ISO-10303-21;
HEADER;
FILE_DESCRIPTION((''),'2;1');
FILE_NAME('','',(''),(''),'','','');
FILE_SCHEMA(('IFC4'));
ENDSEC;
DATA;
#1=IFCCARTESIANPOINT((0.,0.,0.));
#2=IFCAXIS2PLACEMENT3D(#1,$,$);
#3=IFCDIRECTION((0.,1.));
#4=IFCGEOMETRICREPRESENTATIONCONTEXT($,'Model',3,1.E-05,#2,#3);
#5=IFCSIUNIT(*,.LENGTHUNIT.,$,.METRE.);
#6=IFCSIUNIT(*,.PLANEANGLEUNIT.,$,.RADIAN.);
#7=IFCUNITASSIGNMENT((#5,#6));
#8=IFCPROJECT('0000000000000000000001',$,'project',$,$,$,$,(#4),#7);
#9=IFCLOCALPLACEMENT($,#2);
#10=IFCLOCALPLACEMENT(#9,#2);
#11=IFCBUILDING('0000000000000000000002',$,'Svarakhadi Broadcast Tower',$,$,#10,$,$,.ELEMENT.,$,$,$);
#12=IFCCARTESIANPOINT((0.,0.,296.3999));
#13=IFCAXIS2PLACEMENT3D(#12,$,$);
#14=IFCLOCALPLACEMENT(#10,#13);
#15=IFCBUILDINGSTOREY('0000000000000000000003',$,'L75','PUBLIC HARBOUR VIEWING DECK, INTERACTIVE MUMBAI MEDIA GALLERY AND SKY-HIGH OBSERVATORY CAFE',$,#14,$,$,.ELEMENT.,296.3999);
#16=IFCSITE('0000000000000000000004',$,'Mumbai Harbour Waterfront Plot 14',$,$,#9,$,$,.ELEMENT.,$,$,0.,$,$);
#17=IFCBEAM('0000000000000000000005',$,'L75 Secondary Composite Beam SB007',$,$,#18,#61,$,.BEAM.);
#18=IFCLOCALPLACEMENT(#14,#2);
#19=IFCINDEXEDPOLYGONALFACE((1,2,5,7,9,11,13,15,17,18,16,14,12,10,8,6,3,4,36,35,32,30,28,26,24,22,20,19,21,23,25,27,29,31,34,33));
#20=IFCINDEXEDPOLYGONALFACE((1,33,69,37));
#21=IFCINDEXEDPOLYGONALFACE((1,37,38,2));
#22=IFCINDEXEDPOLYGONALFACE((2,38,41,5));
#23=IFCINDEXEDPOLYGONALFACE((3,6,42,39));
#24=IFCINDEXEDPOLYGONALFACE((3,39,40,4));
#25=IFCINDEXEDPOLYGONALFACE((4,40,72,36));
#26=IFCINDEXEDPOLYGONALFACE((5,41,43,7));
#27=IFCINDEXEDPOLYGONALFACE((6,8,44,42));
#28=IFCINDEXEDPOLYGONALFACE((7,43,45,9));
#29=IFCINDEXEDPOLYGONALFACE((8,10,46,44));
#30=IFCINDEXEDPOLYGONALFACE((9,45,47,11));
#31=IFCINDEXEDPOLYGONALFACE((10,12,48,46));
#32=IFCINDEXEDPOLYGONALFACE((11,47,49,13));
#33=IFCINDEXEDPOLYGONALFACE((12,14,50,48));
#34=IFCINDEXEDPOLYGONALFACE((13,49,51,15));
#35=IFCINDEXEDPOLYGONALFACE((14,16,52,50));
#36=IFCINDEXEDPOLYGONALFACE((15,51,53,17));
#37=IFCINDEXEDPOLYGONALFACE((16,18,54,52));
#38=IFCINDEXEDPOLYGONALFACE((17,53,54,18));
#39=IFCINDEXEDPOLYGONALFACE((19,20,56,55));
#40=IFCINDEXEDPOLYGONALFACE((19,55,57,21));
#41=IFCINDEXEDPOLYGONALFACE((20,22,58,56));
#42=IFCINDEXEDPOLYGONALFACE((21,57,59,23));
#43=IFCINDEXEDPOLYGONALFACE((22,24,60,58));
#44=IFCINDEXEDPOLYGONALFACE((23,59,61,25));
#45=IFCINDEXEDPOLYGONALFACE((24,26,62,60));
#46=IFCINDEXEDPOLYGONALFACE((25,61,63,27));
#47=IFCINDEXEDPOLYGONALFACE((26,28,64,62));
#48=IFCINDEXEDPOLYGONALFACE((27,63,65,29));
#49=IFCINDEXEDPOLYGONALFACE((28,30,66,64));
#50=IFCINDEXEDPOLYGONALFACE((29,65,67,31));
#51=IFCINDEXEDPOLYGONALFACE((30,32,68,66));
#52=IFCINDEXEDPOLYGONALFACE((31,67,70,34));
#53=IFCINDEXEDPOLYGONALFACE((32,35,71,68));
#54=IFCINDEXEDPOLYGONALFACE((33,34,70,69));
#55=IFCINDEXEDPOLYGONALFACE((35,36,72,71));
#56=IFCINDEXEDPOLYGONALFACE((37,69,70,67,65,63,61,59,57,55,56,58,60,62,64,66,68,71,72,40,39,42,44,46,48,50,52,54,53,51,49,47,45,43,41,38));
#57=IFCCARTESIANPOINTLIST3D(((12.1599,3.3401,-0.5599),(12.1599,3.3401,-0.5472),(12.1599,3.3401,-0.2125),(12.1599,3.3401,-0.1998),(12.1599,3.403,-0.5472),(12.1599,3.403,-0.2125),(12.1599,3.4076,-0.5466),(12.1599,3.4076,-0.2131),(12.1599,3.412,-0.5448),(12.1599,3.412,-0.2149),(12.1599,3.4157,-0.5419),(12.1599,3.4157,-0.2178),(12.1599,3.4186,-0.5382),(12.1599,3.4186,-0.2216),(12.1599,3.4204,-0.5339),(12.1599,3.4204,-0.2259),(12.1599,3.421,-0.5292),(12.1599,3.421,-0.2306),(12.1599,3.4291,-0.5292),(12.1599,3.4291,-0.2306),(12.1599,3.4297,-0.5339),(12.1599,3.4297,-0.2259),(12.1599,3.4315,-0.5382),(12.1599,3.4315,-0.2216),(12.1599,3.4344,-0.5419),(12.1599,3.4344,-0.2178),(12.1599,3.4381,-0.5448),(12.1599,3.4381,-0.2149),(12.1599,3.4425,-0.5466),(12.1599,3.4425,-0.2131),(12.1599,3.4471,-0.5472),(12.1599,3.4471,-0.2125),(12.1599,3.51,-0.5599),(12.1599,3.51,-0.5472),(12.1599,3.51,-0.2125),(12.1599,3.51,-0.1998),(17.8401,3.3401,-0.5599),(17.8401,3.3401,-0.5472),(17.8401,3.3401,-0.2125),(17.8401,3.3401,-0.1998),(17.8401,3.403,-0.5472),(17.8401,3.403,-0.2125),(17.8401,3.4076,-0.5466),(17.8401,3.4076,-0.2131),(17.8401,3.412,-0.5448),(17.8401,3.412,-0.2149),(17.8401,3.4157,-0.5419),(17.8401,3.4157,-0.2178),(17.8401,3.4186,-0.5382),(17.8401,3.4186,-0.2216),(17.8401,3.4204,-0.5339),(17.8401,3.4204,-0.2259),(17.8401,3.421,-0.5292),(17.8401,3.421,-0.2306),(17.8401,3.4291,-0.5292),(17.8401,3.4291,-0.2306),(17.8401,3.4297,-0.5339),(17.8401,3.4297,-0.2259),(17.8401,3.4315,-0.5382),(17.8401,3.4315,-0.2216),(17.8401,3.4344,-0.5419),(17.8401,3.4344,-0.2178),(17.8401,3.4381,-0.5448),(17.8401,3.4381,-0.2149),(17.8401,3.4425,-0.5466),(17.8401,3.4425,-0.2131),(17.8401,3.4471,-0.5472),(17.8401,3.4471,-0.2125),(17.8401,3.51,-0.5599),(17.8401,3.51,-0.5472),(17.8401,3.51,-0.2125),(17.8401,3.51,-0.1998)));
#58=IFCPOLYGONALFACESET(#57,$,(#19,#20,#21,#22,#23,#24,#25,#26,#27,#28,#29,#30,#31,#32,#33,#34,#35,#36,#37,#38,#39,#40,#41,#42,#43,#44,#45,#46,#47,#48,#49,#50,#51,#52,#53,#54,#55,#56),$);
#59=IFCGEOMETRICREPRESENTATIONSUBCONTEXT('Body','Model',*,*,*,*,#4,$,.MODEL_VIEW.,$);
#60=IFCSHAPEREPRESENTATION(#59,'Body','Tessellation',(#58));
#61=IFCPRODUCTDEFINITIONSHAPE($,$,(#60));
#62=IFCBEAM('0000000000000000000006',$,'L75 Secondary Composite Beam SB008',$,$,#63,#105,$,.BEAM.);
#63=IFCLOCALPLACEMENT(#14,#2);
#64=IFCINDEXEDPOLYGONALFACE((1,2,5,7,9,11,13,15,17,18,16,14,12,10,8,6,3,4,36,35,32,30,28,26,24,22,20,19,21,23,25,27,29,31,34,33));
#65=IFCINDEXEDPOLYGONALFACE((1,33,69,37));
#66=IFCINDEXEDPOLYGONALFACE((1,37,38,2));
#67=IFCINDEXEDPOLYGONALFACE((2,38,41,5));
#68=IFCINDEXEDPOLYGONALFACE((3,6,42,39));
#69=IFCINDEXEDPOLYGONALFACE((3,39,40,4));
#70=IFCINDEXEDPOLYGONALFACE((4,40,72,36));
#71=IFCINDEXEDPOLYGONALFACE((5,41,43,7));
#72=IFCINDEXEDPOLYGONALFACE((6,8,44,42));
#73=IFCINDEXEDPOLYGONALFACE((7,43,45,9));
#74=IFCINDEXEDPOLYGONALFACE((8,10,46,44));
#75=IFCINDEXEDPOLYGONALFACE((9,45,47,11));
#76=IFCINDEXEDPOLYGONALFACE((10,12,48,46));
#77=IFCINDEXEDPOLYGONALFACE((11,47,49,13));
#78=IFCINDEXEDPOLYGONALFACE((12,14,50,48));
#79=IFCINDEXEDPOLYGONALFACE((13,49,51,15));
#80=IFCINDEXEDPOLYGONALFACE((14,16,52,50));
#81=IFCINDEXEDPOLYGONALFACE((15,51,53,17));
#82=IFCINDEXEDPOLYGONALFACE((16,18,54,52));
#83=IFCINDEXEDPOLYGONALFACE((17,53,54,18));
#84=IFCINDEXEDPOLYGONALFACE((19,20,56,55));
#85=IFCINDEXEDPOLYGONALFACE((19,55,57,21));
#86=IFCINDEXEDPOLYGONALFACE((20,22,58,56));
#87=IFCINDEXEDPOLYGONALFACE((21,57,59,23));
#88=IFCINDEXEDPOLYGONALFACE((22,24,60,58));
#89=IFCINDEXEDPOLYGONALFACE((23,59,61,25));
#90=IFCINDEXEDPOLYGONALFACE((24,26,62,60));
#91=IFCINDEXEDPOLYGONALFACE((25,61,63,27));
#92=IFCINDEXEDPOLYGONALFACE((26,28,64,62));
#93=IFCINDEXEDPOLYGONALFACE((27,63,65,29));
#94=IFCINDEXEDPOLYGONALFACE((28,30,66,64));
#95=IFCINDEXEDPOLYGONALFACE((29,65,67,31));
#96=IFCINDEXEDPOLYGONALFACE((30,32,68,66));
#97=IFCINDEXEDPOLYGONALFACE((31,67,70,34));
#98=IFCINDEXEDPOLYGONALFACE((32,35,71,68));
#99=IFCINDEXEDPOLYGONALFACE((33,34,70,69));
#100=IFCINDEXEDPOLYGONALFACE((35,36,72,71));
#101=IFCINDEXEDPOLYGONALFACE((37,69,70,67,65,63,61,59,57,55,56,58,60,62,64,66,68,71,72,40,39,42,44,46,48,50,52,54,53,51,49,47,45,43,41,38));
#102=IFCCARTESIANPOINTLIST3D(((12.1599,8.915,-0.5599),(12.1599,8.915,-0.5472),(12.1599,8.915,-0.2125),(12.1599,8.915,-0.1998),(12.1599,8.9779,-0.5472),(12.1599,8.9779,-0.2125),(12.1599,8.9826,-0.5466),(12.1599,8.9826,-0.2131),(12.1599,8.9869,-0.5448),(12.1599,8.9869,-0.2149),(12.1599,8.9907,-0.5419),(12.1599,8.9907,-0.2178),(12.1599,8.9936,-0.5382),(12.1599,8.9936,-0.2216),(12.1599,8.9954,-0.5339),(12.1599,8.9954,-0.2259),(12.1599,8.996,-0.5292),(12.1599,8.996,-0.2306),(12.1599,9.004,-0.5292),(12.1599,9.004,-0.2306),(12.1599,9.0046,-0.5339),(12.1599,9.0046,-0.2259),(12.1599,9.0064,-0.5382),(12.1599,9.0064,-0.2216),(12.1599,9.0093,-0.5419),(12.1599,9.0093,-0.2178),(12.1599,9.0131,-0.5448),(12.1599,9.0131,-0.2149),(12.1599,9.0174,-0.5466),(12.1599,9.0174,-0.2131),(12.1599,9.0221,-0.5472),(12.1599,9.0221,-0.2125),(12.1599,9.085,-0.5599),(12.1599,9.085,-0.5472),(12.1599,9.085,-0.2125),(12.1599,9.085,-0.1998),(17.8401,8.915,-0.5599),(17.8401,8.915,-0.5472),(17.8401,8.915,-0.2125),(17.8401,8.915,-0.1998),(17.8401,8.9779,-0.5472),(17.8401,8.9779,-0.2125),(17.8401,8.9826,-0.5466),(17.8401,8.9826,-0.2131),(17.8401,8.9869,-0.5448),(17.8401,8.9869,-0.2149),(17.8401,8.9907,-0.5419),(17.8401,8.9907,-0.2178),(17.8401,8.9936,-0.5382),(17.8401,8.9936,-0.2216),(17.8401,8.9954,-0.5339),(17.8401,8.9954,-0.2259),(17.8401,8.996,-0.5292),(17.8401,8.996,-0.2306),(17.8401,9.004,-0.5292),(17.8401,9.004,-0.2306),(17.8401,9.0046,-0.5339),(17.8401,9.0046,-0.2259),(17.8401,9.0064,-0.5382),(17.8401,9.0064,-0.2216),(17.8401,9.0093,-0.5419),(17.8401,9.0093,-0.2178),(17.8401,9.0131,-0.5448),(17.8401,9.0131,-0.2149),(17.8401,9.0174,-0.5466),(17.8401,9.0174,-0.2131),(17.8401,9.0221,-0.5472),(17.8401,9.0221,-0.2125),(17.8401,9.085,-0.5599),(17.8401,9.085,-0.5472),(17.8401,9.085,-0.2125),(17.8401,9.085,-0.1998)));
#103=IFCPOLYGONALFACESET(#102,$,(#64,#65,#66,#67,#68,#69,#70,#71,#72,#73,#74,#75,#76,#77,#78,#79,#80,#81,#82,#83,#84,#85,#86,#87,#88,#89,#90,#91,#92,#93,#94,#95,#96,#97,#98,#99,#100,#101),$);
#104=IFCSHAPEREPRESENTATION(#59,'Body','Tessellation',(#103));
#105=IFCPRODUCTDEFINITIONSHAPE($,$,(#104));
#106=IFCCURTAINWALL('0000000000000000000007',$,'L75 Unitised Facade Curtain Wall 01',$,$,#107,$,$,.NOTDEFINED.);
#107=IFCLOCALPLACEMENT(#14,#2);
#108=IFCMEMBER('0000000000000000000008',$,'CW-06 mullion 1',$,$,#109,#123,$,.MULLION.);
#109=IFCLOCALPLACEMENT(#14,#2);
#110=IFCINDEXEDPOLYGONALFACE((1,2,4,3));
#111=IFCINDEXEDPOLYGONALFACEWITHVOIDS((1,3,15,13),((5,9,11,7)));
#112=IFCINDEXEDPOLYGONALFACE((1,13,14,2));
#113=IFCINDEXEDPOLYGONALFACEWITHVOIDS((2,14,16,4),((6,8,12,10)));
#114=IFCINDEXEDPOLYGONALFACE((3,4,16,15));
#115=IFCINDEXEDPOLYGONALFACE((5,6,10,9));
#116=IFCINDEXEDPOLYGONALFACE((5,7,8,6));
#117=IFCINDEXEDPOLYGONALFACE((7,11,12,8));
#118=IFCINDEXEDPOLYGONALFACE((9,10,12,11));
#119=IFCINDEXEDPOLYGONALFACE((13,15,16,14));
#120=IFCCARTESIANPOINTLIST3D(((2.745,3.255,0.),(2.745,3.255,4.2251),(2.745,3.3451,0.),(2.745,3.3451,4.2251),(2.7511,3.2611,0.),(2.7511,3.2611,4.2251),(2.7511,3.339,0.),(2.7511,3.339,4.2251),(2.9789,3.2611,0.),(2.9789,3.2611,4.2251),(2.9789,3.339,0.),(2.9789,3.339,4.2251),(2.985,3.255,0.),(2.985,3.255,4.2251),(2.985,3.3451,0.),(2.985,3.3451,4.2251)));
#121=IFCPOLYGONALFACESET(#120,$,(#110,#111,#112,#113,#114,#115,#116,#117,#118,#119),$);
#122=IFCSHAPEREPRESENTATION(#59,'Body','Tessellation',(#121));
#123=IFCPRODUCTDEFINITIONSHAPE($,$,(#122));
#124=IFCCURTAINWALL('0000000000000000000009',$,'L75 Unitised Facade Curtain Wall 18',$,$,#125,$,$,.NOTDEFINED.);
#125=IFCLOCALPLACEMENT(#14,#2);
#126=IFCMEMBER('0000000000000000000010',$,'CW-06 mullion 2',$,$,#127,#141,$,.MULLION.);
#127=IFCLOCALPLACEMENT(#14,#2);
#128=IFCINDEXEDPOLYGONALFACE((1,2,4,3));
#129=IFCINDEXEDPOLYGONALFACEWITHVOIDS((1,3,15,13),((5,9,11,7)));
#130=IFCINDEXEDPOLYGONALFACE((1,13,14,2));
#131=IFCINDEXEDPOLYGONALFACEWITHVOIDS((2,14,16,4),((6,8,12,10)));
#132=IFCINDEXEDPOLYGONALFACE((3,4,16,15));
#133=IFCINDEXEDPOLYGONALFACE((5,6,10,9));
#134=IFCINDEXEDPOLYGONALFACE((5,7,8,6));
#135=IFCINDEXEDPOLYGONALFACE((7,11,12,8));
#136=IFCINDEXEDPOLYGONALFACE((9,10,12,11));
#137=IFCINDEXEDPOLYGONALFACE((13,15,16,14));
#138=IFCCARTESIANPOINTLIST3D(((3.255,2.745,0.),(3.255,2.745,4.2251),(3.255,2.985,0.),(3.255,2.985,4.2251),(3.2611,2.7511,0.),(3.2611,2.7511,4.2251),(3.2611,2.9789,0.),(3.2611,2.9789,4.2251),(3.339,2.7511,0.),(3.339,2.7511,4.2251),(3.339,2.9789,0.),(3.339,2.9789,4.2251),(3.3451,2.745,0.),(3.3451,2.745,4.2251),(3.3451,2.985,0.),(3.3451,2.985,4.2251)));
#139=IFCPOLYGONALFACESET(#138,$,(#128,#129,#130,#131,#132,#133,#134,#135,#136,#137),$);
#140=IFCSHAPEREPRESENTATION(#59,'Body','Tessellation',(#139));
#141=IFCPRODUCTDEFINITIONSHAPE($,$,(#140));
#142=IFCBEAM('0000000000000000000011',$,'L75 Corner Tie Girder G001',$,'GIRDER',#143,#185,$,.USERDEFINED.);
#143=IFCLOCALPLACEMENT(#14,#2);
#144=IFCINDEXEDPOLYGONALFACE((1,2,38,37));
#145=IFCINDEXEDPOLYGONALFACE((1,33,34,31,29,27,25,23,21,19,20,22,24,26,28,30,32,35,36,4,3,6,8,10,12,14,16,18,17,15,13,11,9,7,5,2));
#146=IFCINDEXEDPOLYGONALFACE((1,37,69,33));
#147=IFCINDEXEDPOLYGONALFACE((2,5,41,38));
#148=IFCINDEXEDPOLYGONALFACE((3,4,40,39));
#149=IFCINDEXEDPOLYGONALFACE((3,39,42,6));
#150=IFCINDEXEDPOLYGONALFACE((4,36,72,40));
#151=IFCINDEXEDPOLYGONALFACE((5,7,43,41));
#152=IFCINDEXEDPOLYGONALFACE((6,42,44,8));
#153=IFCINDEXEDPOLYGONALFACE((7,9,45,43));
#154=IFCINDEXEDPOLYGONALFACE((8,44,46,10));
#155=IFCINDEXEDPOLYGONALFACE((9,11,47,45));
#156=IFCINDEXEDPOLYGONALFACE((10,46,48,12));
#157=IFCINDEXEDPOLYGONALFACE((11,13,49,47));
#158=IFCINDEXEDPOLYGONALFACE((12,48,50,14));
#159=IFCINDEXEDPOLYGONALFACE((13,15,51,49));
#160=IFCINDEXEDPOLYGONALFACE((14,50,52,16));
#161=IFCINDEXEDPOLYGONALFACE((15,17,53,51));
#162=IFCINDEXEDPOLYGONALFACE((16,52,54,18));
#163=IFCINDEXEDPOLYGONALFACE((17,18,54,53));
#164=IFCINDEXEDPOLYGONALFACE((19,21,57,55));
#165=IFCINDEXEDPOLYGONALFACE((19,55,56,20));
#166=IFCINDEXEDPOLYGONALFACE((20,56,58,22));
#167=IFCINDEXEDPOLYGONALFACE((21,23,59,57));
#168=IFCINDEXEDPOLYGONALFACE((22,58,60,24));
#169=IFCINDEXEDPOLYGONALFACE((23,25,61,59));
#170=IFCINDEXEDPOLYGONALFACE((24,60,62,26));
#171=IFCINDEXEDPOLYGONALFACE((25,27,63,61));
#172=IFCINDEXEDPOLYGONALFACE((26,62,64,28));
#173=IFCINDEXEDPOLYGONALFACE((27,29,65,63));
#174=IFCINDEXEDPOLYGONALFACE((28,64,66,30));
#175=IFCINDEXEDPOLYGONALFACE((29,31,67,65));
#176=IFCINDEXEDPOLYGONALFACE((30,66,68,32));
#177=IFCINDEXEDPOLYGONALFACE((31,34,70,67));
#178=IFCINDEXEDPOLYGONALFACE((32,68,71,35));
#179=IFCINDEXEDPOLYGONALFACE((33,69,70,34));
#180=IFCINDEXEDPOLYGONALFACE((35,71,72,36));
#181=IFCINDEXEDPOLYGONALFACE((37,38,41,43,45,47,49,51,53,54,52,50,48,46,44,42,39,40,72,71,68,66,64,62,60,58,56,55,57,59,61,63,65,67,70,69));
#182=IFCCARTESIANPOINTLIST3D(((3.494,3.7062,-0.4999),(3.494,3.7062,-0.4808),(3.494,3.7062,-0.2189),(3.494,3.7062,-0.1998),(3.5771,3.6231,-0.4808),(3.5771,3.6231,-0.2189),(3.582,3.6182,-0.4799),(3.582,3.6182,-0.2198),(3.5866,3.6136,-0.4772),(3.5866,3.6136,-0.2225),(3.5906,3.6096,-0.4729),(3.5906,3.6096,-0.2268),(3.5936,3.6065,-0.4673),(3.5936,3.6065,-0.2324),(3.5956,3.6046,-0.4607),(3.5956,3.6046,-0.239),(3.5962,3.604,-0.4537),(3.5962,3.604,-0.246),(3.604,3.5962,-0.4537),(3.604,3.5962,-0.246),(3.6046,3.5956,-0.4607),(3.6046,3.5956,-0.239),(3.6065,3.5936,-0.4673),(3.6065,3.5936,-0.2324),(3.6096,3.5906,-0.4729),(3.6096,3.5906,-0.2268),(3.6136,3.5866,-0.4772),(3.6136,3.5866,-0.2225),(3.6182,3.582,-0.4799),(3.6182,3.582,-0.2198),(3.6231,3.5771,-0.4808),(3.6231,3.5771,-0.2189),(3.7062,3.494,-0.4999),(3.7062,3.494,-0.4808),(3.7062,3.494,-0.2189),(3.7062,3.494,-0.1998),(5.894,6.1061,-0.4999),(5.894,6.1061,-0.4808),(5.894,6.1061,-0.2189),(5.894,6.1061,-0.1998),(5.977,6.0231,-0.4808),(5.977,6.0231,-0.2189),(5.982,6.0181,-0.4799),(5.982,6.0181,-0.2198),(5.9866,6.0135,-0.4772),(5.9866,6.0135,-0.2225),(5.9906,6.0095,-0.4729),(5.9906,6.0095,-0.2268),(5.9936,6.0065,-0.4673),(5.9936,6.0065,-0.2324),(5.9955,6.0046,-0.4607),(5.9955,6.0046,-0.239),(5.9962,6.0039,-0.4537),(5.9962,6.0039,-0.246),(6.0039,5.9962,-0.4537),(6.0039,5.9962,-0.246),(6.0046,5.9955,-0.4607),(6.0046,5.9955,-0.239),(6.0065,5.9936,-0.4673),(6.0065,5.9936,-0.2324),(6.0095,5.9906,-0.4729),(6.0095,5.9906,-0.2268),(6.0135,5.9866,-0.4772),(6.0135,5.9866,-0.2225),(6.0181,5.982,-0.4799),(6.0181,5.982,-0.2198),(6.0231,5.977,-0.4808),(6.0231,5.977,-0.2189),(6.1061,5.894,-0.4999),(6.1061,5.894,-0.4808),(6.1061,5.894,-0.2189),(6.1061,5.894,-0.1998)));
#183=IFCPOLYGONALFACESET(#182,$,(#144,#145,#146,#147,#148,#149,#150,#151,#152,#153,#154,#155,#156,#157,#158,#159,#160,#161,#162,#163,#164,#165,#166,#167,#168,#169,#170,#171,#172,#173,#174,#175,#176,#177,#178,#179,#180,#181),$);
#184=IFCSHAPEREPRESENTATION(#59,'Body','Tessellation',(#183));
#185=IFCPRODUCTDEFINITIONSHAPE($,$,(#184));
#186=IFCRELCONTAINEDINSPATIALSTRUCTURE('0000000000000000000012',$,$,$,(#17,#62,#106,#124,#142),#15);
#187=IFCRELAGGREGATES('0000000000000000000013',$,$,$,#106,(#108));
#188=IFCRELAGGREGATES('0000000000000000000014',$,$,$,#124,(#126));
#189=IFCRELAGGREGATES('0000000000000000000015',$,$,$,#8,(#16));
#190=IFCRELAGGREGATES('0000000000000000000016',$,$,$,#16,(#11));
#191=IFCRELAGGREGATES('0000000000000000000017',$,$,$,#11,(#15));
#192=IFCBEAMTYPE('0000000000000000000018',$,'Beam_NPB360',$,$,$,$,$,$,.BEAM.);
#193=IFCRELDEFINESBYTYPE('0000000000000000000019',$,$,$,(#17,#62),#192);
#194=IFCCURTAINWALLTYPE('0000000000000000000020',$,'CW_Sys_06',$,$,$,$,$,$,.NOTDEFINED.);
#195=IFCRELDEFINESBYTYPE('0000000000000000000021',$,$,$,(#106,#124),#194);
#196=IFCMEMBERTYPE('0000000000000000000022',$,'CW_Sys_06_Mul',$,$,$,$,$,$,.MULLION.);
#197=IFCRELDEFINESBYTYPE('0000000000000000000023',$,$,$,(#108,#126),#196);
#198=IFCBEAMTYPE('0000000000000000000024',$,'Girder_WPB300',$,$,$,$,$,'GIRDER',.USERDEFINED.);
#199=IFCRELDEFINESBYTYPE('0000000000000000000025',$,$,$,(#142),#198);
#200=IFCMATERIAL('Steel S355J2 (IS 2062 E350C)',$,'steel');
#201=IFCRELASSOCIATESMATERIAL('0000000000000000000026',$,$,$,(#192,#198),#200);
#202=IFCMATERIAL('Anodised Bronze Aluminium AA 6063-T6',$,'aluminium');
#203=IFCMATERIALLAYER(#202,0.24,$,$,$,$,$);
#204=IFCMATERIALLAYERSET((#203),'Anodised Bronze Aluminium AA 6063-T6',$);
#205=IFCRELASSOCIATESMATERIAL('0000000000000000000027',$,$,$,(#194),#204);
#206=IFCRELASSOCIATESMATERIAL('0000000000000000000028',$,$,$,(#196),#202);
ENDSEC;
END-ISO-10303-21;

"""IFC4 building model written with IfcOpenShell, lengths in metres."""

from ifc_helpers import new_model, si_unit, direction, frame, origin, origin_2d, place, context, subcontext, project, spatial, hollow_rectangle, i_section, extrude, material, layer, layer_set, material_profile, profile_set, type_object, element, aggregate, save


model = new_model("IFC4")

# Units and contexts
model_context = context("Model", 3, precision=1e-05, world=origin(), true_north=direction((0.0, 1.0)))
body_context = subcontext(model_context, "Body", "Model", "MODEL_VIEW")
ifc_project = project(units=[si_unit("LENGTHUNIT", "METRE"), si_unit("PLANEANGLEUNIT", "RADIAN")], contexts=[model_context])

# Site, building, storey
site_placement = place(None, origin())
site = spatial("IfcSite", under=ifc_project, at=site_placement, Name="Mumbai Harbour Waterfront Plot 14", CompositionType="ELEMENT", RefElevation=0.0)
building_placement = place(site_placement, origin())
building = spatial("IfcBuilding", under=site, at=building_placement, Name="Svarakhadi Broadcast Tower", CompositionType="ELEMENT")
storey_placement = place(building_placement, frame((0.0, 0.0, 296.3999)))
storey = spatial("IfcBuildingStorey", under=building, at=storey_placement, Name="L75", Description="PUBLIC HARBOUR VIEWING DECK, INTERACTIVE MUMBAI MEDIA GALLERY AND SKY-HIGH OBSERVATORY CAFE", CompositionType="ELEMENT", Elevation=296.3999)

# Beams
ifc_material_1 = material(Name="Steel S355J2 (IS 2062 E350C)", Category="steel")
ifc_material_profile_1 = material_profile(ifc_material_1, i_section(OverallWidth=0.1699, OverallDepth=0.3601, WebThickness=0.0081, FlangeThickness=0.0127, FilletRadius=0.0181, at=origin_2d()), Name="NPB 360x170x57")
ifc_profile_set_1 = profile_set([ifc_material_profile_1], Name="Steel S355J2 (IS 2062 E350C)")
beam_type_1 = type_object("IfcBeamType", Name="Beam_NPB360", PredefinedType="BEAM", material=ifc_profile_set_1)
for number, where, z_axis, x_axis, name in (
    (1, (12.1599, 3.425, -0.3799), (1.0, 0.0, 0.0), (0.0, 1.0, 0.0), "L75 Secondary Composite Beam SB007"),
    (2, (12.1599, 9.0, -0.3799), (1.0, 0.0, 0.0), (0.0, 1.0, 0.0), "L75 Secondary Composite Beam SB008"),
):
    element("IfcBeam", number, at=place(storey_placement, frame(where, z_axis=z_axis, x_axis=x_axis)), inside=storey, type_object=beam_type_1, Name=name, PredefinedType="BEAM", context=body_context, shape_type="SweptSolid", body=[
        extrude(i_section(OverallWidth=0.1699, OverallDepth=0.3601, WebThickness=0.0081, FlangeThickness=0.0127, FilletRadius=0.0181, at=origin_2d()), origin(), (0.0, 0.0, 1.0), 5.6802),
    ])

# Curtain walls, members
ifc_material_2 = material(Name="Anodised Bronze Aluminium AA 6063-T6", Category="aluminium")
ifc_layer_1 = layer(ifc_material_2, 0.24)
ifc_layer_set_1 = layer_set([ifc_layer_1], Name="Anodised Bronze Aluminium AA 6063-T6")
curtain_wall_type = type_object("IfcCurtainWallType", Name="CW_Sys_06", PredefinedType="NOTDEFINED", material=ifc_layer_set_1)
curtain_wall_1_placement = place(storey_placement, origin())
curtain_wall_1 = element("IfcCurtainWall", 3, at=curtain_wall_1_placement, inside=storey, type_object=curtain_wall_type, Name="L75 Unitised Facade Curtain Wall 01", PredefinedType="NOTDEFINED")
ifc_material_profile_2 = material_profile(ifc_material_2, hollow_rectangle(XDim=0.0901, YDim=0.24, WallThickness=0.0061, at=origin_2d()), Name="ALU MULLION 240x90x6")
ifc_profile_set_2 = profile_set([ifc_material_profile_2], Name="Anodised Bronze Aluminium AA 6063-T6")
member_type = type_object("IfcMemberType", Name="CW_Sys_06_Mul", PredefinedType="MULLION", material=ifc_profile_set_2)
member_1_placement = place(storey_placement, frame((2.865, 3.3, 0.0), z_axis=(0.0, 0.0, 1.0), x_axis=(0.0, -1.0, 0.0)))
member_1 = element("IfcMember", 4, at=member_1_placement, type_object=member_type, Name="CW-06 mullion 1", PredefinedType="MULLION", context=body_context, shape_type="SweptSolid", body=[
    extrude(hollow_rectangle(XDim=0.0901, YDim=0.24, WallThickness=0.0061, at=origin_2d()), origin(), (0.0, 0.0, 1.0), 4.2251),
])
aggregate(curtain_wall_1, [member_1])
curtain_wall_2_placement = place(storey_placement, origin())
curtain_wall_2 = element("IfcCurtainWall", 5, at=curtain_wall_2_placement, inside=storey, type_object=curtain_wall_type, Name="L75 Unitised Facade Curtain Wall 18", PredefinedType="NOTDEFINED")
member_2_placement = place(storey_placement, frame((3.3, 2.865, 0.0), z_axis=(0.0, 0.0, 1.0), x_axis=(-1.0, 0.0, 0.0)))
member_2 = element("IfcMember", 6, at=member_2_placement, type_object=member_type, Name="CW-06 mullion 2", PredefinedType="MULLION", context=body_context, shape_type="SweptSolid", body=[
    extrude(hollow_rectangle(XDim=0.0901, YDim=0.24, WallThickness=0.0061, at=origin_2d()), origin(), (0.0, 0.0, 1.0), 4.2251),
])

# Beam
ifc_material_profile_3 = material_profile(ifc_material_1, i_section(OverallWidth=0.3, OverallDepth=0.3, WebThickness=0.011, FlangeThickness=0.019, FilletRadius=0.0271, at=origin_2d()), Name="WPB 300x300x117")
ifc_profile_set_3 = profile_set([ifc_material_profile_3], Name="Steel S355J2 (IS 2062 E350C)")
beam_type_2 = type_object("IfcBeamType", Name="Girder_WPB300", ElementType="GIRDER", PredefinedType="USERDEFINED", material=ifc_profile_set_3)
beam_1_placement = place(storey_placement, frame((3.6001, 3.6001, -0.3499), z_axis=(0.707107, 0.707107, 0.0), x_axis=(-0.707107, 0.707107, 0.0)))
element("IfcBeam", 7, at=beam_1_placement, inside=storey, type_object=beam_type_2, Name="L75 Corner Tie Girder G001", ObjectType="GIRDER", PredefinedType="USERDEFINED", context=body_context, shape_type="SweptSolid", body=[
    extrude(i_section(OverallWidth=0.3, OverallDepth=0.3, WebThickness=0.011, FlangeThickness=0.019, FilletRadius=0.0271, at=origin_2d()), origin(), (0.0, 0.0, 1.0), 3.394),
])

aggregate(curtain_wall_2, [member_2])

save(model, "model.ifc")
